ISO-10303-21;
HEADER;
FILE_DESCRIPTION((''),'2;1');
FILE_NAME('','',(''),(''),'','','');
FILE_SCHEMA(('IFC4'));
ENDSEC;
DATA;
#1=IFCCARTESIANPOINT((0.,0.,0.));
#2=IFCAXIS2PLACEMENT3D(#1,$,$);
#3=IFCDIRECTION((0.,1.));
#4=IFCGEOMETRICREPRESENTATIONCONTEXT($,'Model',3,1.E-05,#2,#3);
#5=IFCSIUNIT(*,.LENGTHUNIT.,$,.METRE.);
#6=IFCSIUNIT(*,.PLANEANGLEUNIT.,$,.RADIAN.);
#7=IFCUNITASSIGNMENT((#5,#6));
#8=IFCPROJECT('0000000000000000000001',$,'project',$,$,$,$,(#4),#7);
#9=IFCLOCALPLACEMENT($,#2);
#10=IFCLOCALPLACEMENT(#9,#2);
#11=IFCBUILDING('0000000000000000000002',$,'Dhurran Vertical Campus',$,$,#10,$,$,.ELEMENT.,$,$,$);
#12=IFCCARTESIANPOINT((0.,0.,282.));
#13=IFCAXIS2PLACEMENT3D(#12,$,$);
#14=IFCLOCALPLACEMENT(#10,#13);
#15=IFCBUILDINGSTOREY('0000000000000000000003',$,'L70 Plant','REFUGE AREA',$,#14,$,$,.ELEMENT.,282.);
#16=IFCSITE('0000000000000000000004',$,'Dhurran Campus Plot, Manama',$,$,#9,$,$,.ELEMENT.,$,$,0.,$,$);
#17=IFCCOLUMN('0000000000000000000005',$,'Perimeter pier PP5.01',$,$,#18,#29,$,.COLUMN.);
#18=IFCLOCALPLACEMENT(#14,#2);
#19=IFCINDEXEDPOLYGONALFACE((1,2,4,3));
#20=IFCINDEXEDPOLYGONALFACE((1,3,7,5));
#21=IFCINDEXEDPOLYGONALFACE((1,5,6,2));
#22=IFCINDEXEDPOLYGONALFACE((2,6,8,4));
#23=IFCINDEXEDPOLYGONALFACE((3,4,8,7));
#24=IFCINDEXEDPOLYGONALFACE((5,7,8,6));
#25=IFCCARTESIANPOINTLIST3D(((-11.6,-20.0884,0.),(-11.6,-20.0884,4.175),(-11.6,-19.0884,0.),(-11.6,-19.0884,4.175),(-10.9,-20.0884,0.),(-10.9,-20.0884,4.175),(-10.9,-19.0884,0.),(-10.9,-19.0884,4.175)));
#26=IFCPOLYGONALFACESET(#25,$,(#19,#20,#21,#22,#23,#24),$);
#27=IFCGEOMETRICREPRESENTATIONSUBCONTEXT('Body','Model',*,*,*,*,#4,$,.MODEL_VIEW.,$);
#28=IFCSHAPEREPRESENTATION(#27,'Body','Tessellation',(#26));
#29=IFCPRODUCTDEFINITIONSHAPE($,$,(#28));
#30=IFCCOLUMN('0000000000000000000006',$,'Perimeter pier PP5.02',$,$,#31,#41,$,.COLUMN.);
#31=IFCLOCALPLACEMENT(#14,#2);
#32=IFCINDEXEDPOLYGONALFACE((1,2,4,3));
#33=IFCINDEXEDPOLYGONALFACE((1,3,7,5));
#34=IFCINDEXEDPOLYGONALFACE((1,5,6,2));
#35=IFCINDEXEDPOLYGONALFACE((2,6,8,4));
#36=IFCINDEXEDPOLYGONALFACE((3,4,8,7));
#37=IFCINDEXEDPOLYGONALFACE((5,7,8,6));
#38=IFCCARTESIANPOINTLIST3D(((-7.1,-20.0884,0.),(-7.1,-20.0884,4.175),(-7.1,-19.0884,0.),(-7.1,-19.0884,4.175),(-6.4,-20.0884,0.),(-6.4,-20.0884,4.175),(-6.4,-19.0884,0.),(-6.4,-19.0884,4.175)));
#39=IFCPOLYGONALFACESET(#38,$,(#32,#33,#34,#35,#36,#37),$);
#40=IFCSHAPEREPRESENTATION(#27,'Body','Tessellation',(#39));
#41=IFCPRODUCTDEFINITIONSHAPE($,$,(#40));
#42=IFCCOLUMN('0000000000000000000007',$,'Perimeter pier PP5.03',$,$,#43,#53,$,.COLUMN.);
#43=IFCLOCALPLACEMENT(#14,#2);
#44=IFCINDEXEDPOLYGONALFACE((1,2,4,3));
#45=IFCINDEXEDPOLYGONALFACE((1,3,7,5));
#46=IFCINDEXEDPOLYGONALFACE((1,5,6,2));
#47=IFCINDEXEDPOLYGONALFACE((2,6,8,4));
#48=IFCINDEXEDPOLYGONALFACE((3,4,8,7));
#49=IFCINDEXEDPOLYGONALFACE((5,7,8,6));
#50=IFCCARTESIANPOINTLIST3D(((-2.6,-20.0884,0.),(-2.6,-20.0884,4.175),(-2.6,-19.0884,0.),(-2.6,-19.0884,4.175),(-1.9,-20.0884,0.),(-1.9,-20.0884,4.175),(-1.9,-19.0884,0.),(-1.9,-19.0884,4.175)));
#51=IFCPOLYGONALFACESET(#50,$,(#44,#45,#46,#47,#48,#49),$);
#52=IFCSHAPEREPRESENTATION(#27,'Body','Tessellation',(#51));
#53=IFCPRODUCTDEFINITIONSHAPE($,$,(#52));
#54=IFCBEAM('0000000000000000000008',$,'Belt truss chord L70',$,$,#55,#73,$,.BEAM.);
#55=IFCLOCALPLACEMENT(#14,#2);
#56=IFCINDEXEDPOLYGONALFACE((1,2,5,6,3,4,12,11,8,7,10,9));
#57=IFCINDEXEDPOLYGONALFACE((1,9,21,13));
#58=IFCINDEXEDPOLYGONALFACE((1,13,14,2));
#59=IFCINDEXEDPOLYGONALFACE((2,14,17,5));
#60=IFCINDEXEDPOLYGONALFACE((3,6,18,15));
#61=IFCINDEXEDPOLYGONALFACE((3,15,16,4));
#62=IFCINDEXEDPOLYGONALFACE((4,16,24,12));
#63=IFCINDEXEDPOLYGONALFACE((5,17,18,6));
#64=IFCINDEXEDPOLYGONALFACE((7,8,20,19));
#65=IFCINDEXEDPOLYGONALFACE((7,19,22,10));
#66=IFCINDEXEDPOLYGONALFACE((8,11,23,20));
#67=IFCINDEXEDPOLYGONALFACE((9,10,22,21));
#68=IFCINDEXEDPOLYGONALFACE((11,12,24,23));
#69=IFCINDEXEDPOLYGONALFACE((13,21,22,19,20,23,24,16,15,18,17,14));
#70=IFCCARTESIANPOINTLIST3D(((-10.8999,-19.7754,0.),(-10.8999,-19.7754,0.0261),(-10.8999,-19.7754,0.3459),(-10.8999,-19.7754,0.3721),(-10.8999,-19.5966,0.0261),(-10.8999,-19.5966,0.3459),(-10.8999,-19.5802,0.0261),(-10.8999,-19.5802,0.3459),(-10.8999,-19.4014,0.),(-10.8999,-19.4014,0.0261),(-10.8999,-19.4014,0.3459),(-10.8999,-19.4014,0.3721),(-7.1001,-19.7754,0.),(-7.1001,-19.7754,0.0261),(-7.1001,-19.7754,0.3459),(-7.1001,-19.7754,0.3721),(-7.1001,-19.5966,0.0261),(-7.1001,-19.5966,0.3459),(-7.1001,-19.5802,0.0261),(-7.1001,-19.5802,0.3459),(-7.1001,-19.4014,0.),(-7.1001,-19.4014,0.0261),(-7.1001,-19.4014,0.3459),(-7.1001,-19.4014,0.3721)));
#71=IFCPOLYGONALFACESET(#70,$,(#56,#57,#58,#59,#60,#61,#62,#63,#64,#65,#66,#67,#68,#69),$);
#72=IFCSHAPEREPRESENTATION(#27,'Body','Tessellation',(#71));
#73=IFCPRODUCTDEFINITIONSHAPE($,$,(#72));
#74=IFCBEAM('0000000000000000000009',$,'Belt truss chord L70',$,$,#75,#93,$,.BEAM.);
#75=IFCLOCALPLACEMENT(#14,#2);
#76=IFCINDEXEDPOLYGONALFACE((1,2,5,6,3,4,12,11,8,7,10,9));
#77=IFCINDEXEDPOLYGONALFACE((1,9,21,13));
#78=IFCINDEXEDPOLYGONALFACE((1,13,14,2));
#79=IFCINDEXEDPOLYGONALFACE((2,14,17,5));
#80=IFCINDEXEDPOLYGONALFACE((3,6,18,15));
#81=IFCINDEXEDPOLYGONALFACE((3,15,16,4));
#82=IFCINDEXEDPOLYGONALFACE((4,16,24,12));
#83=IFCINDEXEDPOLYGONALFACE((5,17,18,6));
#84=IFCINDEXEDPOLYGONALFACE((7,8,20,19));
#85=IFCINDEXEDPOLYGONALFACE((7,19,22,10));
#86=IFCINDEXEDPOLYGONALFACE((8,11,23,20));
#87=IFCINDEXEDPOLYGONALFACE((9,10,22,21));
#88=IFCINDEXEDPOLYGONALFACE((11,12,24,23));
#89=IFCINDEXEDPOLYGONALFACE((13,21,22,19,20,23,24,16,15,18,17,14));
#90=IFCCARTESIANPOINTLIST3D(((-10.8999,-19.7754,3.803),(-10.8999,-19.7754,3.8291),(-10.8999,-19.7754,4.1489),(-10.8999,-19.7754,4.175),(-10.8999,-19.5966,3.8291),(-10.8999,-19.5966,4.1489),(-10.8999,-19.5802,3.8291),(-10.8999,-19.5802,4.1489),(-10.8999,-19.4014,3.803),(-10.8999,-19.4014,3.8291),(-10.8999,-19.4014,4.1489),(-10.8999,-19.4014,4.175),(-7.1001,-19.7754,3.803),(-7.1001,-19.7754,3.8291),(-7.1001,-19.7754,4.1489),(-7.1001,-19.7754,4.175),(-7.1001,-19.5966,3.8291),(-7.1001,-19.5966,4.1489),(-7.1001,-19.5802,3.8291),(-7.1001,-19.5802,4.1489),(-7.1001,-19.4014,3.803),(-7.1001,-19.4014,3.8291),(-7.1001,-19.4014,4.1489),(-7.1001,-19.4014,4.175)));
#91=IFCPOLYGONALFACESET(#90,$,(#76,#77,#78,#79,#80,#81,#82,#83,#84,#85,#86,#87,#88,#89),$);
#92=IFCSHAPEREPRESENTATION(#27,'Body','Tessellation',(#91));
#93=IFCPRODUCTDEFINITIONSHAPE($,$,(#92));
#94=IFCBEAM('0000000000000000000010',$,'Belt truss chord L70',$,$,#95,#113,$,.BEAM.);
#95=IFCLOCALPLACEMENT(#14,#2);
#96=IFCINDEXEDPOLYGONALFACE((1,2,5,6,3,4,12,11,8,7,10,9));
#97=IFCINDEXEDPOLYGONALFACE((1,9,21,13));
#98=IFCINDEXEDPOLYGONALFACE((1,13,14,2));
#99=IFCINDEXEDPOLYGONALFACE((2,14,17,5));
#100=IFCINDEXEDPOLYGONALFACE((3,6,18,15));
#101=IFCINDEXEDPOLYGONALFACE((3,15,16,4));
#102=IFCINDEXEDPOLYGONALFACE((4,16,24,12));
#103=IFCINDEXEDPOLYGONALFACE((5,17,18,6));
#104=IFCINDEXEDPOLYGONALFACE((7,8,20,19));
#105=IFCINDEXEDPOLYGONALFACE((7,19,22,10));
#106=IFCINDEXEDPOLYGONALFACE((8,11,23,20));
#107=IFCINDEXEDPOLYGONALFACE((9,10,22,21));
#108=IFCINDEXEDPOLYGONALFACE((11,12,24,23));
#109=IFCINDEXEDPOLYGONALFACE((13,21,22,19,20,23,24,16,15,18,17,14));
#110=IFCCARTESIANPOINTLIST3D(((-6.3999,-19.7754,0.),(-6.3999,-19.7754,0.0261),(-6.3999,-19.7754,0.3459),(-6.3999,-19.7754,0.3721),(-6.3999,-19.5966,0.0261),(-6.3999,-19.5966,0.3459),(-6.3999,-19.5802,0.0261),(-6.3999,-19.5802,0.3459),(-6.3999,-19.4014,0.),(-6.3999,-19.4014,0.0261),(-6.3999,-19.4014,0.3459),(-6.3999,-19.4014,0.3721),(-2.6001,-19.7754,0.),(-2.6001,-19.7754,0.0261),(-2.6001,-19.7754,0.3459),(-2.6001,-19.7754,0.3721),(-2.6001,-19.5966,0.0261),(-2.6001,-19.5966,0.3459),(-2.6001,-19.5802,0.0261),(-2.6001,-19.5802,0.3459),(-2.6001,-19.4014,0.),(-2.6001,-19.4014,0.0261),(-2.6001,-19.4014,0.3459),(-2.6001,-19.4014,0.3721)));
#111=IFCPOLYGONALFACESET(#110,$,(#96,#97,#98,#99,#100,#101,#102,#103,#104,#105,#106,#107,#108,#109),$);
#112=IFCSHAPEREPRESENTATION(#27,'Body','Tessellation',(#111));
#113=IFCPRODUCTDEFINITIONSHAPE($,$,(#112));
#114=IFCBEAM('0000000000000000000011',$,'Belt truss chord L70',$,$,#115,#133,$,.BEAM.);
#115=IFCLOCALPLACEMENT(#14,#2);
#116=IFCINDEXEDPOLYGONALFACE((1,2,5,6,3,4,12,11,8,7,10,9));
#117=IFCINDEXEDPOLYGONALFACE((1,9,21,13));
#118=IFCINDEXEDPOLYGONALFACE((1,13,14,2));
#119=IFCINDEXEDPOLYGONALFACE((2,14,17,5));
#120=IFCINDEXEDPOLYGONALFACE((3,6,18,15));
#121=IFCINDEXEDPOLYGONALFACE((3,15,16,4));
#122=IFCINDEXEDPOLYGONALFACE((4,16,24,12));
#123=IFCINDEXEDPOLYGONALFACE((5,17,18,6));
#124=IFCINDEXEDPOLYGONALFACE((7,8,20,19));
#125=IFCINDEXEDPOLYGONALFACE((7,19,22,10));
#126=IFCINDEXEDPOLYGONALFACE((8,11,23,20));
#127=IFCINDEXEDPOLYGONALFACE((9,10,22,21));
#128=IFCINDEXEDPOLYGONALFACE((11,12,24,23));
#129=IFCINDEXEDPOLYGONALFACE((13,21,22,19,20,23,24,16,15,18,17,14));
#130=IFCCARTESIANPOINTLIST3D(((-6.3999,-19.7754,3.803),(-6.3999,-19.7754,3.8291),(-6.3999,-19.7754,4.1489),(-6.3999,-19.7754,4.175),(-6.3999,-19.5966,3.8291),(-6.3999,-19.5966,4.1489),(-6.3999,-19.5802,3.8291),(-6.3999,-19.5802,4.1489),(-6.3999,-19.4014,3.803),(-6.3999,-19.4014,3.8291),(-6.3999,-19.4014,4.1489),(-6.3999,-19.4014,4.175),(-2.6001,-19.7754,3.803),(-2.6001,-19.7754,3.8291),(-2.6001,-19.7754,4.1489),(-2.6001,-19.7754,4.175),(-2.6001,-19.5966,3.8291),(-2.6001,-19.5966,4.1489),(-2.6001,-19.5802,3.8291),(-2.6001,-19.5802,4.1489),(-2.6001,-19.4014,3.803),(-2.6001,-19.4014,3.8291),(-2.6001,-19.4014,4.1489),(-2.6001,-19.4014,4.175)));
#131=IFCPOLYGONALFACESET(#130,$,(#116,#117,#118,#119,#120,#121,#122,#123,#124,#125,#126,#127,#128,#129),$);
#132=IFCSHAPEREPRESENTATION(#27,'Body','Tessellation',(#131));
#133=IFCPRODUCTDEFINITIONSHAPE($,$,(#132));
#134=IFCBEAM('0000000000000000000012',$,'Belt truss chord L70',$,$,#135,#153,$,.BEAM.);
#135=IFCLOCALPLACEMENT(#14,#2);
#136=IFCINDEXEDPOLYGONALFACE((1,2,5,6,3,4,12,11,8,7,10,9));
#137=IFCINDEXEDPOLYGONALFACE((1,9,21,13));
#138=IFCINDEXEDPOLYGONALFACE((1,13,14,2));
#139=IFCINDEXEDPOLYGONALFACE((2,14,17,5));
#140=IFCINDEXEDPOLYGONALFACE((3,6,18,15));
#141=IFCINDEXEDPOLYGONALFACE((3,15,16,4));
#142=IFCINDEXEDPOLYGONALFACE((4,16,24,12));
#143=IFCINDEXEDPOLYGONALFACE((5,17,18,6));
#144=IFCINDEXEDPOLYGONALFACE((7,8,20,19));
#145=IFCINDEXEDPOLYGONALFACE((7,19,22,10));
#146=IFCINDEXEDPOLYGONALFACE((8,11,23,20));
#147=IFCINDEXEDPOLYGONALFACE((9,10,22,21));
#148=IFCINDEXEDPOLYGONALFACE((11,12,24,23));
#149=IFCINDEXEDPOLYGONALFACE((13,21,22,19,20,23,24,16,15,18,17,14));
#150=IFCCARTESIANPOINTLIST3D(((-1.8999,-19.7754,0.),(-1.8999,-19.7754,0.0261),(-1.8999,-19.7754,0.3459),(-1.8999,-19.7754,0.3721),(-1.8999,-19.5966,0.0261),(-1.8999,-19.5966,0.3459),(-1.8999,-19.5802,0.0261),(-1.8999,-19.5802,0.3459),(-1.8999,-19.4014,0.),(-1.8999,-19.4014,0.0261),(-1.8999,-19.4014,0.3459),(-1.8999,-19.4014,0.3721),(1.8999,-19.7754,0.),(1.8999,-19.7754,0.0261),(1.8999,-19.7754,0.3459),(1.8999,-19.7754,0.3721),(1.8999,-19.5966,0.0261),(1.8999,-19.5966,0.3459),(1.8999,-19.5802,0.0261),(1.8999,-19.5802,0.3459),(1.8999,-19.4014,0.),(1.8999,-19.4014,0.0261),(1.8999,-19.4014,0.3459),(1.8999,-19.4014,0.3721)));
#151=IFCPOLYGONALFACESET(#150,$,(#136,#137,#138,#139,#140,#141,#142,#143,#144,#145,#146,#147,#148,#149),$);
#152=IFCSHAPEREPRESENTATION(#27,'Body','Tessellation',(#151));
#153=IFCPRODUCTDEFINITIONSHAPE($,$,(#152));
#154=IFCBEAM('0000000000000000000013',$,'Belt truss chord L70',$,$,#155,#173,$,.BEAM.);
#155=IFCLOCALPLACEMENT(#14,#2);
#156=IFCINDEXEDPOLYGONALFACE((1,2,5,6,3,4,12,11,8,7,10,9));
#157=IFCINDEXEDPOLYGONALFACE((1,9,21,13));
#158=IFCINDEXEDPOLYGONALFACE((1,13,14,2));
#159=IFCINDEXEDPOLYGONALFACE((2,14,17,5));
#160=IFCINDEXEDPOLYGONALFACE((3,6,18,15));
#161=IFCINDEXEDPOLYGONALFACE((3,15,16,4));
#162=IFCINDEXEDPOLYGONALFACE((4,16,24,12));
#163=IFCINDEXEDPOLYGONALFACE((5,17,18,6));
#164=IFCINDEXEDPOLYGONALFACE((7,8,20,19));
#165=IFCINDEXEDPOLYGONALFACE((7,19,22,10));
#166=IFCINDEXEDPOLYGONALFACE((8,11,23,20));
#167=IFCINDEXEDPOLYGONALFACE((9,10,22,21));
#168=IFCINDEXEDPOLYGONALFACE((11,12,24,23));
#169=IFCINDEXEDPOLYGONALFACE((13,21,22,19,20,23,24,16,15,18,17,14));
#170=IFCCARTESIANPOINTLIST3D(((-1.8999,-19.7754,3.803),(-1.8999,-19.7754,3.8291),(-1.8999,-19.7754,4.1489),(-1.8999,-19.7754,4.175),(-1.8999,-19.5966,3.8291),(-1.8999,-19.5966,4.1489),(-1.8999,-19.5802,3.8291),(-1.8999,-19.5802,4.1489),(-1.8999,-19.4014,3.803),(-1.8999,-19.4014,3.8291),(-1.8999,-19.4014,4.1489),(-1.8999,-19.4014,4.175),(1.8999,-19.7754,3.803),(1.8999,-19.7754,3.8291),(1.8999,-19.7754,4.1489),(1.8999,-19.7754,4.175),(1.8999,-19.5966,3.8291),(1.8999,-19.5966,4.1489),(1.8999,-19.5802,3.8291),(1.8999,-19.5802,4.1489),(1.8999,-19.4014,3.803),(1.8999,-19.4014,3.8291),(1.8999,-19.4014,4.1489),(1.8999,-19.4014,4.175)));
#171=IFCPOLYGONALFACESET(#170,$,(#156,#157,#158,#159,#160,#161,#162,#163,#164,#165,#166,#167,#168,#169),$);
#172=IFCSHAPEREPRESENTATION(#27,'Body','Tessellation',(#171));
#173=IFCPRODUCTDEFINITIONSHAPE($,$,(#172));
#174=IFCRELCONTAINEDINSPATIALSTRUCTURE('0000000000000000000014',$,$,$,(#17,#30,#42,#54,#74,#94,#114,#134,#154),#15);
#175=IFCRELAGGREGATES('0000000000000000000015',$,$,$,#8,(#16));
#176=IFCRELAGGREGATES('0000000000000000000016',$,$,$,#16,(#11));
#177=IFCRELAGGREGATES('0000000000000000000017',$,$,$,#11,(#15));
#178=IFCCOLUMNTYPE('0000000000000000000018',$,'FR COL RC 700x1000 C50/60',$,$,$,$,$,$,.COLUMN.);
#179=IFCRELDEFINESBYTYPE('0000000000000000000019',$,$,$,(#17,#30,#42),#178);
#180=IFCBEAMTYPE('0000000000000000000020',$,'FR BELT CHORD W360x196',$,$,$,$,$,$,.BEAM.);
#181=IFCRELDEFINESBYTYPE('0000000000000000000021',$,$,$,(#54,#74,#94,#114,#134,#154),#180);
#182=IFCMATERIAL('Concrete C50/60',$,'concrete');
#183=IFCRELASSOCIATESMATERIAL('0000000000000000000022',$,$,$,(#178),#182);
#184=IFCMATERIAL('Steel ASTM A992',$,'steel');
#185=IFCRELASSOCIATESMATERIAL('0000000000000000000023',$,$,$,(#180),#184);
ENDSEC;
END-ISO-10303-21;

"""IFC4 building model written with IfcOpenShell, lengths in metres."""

from ifc_helpers import new_model, si_unit, direction, frame, origin, origin_2d, place, context, subcontext, project, spatial, rectangle, i_section, extrude, material, material_profile, profile_set, type_object, element, save


model = new_model("IFC4")

# Units and contexts
model_context = context("Model", 3, precision=1e-05, world=origin(), true_north=direction((0.0, 1.0)))
body_context = subcontext(model_context, "Body", "Model", "MODEL_VIEW")
ifc_project = project(units=[si_unit("LENGTHUNIT", "METRE"), si_unit("PLANEANGLEUNIT", "RADIAN")], contexts=[model_context])

# Site, building, storey
site_placement = place(None, origin())
site = spatial("IfcSite", under=ifc_project, at=site_placement, Name="Dhurran Campus Plot, Manama", CompositionType="ELEMENT", RefElevation=0.0)
building_placement = place(site_placement, origin())
building = spatial("IfcBuilding", under=site, at=building_placement, Name="Dhurran Vertical Campus", CompositionType="ELEMENT")
storey_placement = place(building_placement, frame((0.0, 0.0, 282.0)))
storey = spatial("IfcBuildingStorey", under=building, at=storey_placement, Name="L70 Plant", Description="REFUGE AREA", CompositionType="ELEMENT", Elevation=282.0)

# Columns
ifc_material_1 = material(Name="Concrete C50/60", Category="concrete")
ifc_material_profile_1 = material_profile(ifc_material_1, rectangle(XDim=0.7, YDim=1.0, at=origin_2d()), Name="RC 700x1000")
ifc_profile_set_1 = profile_set([ifc_material_profile_1], Name="Concrete C50/60")
column_type = type_object("IfcColumnType", Name="FR COL RC 700x1000 C50/60", PredefinedType="COLUMN", material=ifc_profile_set_1)
for number, where, z_axis, x_axis, name in (
    (1, (-11.25, -19.5884, 0.0), (0.0, 0.0, 1.0), (1.0, 0.0, 0.0), "Perimeter pier PP5.01"),
    (2, (-6.75, -19.5884, 0.0), (0.0, 0.0, 1.0), (1.0, 0.0, 0.0), "Perimeter pier PP5.02"),
    (3, (-2.25, -19.5884, 0.0), (0.0, 0.0, 1.0), (1.0, 0.0, 0.0), "Perimeter pier PP5.03"),
):
    element("IfcColumn", number, at=place(storey_placement, frame(where, z_axis=z_axis, x_axis=x_axis)), inside=storey, type_object=column_type, Name=name, PredefinedType="COLUMN", context=body_context, shape_type="SweptSolid", body=[
        extrude(rectangle(XDim=0.7, YDim=1.0, at=origin_2d()), origin(), (0.0, 0.0, 1.0), 4.175),
    ])

# Beams
ifc_material_2 = material(Name="Steel ASTM A992", Category="steel")
ifc_material_profile_2 = material_profile(ifc_material_2, i_section(OverallWidth=0.374, OverallDepth=0.3721, WebThickness=0.0164, FlangeThickness=0.0261, at=origin_2d()), Name="W360x196")
ifc_profile_set_2 = profile_set([ifc_material_profile_2], Name="Steel ASTM A992")
beam_type = type_object("IfcBeamType", Name="FR BELT CHORD W360x196", PredefinedType="BEAM", material=ifc_profile_set_2)
for number, where, z_axis, x_axis, name in (
    (4, (-10.8999, -19.5884, 0.186), (1.0, 0.0, 0.0), (0.0, 1.0, 0.0), "Belt truss chord L70"),
    (5, (-10.8999, -19.5884, 3.989), (1.0, 0.0, 0.0), (0.0, 1.0, 0.0), "Belt truss chord L70"),
    (6, (-6.3999, -19.5884, 0.186), (1.0, 0.0, 0.0), (0.0, 1.0, 0.0), "Belt truss chord L70"),
    (7, (-6.3999, -19.5884, 3.989), (1.0, 0.0, 0.0), (0.0, 1.0, 0.0), "Belt truss chord L70"),
    (8, (-1.8999, -19.5884, 0.186), (1.0, 0.0, 0.0), (0.0, 1.0, 0.0), "Belt truss chord L70"),
    (9, (-1.8999, -19.5884, 3.989), (1.0, 0.0, 0.0), (0.0, 1.0, 0.0), "Belt truss chord L70"),
):
    element("IfcBeam", number, at=place(storey_placement, frame(where, z_axis=z_axis, x_axis=x_axis)), inside=storey, type_object=beam_type, Name=name, PredefinedType="BEAM", context=body_context, shape_type="SweptSolid", body=[
        extrude(i_section(OverallWidth=0.374, OverallDepth=0.3721, WebThickness=0.0164, FlangeThickness=0.0261, at=origin_2d()), origin(), (0.0, 0.0, 1.0), 3.7998),
    ])

save(model, "model.ifc")
